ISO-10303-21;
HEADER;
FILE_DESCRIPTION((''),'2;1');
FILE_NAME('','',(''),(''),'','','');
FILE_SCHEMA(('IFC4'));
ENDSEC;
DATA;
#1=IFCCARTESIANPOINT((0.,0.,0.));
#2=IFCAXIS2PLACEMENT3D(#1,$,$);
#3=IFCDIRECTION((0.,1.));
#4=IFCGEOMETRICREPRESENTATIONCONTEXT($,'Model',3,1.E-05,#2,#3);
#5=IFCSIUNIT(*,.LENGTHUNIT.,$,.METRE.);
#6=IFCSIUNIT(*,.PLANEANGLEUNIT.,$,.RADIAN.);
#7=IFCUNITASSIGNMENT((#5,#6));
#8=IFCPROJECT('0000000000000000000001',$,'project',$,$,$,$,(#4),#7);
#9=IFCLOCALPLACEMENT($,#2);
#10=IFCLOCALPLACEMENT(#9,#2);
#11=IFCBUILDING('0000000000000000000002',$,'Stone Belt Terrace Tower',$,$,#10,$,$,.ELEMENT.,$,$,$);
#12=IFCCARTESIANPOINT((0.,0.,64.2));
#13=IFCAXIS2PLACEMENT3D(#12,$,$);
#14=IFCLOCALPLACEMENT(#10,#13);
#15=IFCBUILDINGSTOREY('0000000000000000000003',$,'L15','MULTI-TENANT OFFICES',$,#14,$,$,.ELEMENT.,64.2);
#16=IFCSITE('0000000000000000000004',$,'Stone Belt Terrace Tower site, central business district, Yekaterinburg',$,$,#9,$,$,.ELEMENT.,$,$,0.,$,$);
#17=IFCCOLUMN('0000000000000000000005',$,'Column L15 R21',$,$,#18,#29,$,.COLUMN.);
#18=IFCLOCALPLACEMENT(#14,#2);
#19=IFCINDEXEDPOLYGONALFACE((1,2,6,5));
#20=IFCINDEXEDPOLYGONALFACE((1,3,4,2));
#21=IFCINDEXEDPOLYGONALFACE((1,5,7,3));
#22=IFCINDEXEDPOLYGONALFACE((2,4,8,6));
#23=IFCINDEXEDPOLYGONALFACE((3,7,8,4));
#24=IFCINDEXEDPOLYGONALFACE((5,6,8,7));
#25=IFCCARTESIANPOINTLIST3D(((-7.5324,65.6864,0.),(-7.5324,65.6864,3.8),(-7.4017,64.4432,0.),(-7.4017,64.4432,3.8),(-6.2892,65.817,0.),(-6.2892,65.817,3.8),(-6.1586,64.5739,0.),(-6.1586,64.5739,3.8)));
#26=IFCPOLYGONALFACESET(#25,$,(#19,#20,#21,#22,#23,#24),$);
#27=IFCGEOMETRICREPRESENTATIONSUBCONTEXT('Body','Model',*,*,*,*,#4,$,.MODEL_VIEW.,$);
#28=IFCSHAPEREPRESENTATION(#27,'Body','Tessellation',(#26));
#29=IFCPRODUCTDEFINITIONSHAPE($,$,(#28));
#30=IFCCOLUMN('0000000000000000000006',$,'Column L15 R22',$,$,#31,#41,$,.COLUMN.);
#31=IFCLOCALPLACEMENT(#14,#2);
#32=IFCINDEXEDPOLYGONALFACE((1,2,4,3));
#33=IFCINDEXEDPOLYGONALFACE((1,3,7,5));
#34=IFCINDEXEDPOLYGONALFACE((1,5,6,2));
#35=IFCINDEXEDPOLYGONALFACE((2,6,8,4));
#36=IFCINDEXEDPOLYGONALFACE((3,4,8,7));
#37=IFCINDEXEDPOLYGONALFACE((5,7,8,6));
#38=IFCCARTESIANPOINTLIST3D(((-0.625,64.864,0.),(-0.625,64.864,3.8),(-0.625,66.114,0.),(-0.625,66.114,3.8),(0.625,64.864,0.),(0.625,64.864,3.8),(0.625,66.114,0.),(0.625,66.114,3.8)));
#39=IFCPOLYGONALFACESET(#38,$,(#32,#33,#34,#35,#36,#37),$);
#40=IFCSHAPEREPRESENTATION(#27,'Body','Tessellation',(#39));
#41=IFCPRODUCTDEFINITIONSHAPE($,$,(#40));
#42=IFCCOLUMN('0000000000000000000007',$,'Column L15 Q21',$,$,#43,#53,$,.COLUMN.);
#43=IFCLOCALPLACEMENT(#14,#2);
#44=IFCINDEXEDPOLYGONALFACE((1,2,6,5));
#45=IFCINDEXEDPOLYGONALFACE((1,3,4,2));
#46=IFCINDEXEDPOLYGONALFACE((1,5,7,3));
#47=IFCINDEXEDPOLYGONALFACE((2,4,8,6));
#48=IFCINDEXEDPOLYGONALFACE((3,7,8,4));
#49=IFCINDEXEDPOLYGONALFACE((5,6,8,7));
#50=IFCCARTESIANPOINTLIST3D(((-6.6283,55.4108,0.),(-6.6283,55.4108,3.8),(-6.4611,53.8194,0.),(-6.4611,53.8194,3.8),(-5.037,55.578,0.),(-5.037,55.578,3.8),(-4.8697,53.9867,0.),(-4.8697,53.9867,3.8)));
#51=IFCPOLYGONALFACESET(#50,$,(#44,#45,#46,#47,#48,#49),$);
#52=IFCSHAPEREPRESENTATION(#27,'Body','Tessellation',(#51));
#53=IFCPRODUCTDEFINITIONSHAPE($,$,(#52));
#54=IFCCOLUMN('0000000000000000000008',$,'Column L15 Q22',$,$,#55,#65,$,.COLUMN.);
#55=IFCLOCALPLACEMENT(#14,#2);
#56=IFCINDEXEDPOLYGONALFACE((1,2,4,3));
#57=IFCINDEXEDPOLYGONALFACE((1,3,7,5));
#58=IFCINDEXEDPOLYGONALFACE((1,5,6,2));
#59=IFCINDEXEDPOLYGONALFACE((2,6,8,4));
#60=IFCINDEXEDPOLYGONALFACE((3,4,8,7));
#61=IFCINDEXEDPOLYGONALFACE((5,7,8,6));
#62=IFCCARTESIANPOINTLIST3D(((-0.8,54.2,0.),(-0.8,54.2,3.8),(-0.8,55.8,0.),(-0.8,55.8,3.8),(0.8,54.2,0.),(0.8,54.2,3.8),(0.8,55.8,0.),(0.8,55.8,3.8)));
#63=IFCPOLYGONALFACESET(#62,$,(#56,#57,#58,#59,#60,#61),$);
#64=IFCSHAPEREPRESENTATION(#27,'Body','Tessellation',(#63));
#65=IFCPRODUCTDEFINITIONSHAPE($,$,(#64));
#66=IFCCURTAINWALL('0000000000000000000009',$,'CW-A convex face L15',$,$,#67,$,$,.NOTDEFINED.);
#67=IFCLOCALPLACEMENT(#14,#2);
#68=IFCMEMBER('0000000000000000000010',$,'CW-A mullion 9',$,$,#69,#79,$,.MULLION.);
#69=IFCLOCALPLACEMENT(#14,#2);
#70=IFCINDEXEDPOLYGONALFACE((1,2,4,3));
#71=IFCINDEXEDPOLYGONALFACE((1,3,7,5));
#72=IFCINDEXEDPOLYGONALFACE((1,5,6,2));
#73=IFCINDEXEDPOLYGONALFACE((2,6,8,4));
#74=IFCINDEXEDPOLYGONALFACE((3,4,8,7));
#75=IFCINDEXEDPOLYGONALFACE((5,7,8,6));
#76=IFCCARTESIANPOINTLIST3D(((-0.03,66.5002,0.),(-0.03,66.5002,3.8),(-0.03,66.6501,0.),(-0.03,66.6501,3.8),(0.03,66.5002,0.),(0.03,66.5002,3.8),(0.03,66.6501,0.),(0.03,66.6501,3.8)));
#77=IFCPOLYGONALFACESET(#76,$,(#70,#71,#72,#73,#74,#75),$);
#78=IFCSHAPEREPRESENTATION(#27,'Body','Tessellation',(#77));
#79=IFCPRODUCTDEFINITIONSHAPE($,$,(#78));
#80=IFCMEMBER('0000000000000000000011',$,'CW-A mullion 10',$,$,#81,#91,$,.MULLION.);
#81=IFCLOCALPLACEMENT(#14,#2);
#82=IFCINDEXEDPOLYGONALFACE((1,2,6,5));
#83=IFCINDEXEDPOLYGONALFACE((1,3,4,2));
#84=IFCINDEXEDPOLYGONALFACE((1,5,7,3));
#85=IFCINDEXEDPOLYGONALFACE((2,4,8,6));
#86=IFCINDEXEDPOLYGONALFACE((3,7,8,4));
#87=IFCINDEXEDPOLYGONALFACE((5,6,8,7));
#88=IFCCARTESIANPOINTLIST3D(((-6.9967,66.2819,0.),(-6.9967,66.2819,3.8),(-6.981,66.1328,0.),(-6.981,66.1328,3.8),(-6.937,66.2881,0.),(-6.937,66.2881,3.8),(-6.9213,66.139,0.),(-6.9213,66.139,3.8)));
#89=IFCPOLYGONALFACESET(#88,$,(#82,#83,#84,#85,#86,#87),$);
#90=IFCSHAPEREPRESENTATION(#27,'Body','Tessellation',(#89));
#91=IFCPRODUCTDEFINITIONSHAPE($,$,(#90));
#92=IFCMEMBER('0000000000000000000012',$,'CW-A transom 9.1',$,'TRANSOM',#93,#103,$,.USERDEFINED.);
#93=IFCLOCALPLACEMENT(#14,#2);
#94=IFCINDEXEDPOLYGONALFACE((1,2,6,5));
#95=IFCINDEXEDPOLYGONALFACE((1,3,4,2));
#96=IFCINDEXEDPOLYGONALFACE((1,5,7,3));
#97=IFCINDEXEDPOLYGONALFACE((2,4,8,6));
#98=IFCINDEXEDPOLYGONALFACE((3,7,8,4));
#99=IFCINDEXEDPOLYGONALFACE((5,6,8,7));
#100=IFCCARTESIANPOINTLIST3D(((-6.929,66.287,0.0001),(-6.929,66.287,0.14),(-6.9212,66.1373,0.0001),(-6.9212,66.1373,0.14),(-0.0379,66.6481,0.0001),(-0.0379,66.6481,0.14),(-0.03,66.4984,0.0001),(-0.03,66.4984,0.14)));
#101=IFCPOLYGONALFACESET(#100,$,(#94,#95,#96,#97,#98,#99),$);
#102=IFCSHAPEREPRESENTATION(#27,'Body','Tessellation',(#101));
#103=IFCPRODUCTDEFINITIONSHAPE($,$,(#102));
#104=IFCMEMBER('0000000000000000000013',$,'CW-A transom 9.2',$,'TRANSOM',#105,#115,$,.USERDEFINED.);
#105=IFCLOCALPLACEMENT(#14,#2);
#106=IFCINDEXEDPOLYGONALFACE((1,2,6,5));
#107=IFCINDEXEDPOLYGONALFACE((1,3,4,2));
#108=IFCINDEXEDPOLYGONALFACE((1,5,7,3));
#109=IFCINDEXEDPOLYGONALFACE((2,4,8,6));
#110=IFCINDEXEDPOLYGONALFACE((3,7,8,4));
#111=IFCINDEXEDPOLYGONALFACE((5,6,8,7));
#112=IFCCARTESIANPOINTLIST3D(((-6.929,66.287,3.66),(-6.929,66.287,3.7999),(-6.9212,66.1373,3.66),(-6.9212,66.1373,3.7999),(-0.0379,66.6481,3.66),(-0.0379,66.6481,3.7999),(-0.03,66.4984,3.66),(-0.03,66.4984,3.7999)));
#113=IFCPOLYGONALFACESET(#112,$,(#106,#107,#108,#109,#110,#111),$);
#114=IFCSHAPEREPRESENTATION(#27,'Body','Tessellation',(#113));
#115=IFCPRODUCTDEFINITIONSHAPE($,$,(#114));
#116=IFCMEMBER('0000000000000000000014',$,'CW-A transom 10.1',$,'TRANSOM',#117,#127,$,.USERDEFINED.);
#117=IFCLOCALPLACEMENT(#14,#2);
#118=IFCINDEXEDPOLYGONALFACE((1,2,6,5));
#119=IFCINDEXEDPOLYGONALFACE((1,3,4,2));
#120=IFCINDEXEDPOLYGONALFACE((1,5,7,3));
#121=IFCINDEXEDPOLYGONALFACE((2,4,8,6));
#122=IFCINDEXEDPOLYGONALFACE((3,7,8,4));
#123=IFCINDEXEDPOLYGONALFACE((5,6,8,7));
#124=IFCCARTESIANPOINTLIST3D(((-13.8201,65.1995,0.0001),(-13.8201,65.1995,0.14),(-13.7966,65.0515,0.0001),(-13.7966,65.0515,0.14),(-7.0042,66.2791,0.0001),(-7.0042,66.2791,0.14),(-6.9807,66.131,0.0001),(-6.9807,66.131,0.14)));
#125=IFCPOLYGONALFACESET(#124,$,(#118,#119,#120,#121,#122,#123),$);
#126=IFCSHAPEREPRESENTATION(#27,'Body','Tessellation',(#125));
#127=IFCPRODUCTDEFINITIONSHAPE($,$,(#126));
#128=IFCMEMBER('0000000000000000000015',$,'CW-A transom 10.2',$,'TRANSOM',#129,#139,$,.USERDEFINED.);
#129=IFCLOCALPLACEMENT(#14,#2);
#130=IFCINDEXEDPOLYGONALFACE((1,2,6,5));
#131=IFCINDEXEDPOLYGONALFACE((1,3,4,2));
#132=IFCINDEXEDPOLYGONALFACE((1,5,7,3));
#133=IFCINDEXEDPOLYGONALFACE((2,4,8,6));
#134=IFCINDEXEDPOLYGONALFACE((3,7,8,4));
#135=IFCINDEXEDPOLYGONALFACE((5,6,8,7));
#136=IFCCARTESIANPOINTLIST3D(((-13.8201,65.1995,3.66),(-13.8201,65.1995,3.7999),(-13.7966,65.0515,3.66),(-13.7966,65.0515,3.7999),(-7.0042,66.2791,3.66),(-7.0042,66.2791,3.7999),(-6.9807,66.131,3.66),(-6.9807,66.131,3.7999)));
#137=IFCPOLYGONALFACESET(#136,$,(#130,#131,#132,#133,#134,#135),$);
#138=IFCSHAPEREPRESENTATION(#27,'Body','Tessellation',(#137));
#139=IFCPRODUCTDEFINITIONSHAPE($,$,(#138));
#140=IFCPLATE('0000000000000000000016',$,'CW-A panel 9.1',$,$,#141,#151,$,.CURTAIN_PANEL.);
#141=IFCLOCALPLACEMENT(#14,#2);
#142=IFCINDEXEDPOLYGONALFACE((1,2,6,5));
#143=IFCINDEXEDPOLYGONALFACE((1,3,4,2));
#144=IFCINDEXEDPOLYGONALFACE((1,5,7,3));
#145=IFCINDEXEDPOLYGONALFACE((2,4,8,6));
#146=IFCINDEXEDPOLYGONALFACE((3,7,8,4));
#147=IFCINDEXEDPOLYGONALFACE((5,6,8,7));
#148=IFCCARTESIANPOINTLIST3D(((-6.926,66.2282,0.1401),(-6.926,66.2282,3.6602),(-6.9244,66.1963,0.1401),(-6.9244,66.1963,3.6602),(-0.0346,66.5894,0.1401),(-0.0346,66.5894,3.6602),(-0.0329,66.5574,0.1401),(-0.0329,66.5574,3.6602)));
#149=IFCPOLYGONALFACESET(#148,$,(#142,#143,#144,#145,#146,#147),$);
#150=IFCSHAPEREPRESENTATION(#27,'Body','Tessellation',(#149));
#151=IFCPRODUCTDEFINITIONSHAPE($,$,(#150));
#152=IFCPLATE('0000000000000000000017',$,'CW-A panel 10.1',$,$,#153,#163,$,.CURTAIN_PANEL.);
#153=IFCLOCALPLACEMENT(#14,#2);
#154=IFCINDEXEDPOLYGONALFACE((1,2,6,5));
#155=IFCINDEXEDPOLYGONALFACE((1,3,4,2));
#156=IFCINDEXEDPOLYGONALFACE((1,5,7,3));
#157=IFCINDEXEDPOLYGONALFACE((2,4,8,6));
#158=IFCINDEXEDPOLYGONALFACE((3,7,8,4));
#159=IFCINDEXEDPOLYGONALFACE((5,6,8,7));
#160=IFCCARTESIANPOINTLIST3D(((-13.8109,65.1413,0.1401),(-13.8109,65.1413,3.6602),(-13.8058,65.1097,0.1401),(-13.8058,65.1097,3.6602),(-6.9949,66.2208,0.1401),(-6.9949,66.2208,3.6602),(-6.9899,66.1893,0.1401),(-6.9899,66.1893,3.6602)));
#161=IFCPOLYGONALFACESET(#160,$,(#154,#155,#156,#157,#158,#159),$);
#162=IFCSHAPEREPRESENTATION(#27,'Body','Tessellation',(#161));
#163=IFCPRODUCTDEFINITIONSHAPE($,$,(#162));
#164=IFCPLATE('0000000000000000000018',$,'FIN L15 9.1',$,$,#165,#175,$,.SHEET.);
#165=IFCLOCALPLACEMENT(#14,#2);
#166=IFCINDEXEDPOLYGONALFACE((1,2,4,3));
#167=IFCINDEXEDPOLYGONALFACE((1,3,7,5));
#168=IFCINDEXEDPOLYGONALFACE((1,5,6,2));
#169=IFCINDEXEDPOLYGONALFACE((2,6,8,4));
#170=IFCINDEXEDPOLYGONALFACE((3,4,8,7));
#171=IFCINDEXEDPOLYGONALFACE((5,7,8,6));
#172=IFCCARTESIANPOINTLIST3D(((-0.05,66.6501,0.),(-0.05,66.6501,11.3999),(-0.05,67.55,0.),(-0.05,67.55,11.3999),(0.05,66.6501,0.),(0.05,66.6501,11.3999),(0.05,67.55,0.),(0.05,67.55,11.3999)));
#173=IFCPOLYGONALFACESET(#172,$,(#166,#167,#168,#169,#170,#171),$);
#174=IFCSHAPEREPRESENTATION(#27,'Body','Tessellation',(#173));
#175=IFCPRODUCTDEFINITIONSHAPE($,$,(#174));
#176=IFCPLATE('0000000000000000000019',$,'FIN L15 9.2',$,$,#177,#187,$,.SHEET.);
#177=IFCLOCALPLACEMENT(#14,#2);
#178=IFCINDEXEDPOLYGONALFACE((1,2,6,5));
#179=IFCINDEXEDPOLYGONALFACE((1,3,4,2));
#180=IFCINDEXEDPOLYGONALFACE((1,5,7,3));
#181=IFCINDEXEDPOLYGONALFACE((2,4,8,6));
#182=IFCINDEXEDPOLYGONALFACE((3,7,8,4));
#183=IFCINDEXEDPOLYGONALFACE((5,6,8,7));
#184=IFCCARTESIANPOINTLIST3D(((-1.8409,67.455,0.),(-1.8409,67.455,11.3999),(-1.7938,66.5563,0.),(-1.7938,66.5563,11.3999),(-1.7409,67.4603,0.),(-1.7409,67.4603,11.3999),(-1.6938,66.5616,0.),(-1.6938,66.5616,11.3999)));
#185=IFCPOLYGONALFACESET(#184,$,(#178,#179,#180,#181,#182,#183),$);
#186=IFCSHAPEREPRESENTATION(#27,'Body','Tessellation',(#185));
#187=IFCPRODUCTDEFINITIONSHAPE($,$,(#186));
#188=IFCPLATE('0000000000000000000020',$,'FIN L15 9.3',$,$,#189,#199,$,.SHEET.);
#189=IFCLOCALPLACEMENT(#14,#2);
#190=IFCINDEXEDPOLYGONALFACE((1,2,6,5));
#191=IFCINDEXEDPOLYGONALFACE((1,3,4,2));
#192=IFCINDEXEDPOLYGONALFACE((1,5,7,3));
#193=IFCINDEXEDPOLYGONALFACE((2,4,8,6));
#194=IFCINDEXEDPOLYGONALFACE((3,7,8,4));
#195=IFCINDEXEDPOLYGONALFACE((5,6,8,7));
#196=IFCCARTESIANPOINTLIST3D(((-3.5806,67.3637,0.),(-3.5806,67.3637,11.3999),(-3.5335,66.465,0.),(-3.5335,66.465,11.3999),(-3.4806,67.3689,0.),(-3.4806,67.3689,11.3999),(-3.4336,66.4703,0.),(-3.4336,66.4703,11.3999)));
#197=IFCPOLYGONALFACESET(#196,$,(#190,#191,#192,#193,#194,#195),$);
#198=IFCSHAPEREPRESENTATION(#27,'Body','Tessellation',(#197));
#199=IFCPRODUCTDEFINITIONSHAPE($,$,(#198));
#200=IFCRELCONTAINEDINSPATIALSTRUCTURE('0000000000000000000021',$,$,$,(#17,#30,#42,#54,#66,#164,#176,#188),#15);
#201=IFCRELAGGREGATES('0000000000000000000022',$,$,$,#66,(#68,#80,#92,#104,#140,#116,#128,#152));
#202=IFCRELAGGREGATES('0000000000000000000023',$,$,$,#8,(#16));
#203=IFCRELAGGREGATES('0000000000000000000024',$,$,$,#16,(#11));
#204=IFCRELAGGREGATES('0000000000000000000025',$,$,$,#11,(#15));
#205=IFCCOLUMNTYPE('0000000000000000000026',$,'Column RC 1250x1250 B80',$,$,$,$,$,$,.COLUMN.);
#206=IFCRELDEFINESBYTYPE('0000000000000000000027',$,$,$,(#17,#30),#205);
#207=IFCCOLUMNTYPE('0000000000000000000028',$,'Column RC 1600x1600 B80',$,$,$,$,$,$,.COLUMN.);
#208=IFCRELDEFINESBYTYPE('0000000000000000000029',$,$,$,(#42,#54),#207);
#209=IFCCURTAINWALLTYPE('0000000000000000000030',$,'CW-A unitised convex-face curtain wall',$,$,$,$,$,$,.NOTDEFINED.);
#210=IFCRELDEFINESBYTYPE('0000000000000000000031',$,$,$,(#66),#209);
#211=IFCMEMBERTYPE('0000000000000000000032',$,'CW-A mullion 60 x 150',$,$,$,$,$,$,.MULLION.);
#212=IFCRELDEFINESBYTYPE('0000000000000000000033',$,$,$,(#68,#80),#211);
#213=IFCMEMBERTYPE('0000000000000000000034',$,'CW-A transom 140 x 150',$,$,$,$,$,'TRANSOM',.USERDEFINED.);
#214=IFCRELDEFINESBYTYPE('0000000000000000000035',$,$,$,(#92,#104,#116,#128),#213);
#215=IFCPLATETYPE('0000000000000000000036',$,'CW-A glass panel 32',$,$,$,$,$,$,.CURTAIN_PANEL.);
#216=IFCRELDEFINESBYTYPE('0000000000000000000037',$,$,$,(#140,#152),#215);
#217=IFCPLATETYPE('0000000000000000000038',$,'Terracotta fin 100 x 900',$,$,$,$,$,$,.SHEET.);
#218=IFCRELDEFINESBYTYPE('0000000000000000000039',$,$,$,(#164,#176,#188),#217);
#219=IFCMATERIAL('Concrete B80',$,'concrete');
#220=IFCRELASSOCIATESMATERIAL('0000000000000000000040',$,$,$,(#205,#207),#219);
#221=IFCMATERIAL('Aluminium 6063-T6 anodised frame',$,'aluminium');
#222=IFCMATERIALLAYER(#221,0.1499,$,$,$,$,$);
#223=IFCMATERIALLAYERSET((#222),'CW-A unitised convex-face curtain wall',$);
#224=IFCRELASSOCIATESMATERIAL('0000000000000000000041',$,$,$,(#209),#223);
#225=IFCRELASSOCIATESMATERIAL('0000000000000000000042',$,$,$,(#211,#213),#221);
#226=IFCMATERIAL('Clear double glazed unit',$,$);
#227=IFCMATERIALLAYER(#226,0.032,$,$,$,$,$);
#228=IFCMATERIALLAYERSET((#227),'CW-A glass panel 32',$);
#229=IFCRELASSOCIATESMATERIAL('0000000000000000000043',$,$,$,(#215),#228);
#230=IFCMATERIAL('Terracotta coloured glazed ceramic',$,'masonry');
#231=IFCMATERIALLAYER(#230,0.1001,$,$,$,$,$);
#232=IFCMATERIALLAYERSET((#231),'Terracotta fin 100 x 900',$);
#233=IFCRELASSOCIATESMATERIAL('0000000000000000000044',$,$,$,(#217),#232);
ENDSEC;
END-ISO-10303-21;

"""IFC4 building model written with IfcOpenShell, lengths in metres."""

from ifc_helpers import new_model, si_unit, direction, frame, origin, origin_2d, place, context, subcontext, project, spatial, rectangle, extrude, material, layer, layer_set, material_profile, profile_set, type_object, element, aggregate, save


model = new_model("IFC4")

# Units and contexts
model_context = context("Model", 3, precision=1e-05, world=origin(), true_north=direction((0.0, 1.0)))
body_context = subcontext(model_context, "Body", "Model", "MODEL_VIEW")
ifc_project = project(units=[si_unit("LENGTHUNIT", "METRE"), si_unit("PLANEANGLEUNIT", "RADIAN")], contexts=[model_context])

# Site, building, storey
site_placement = place(None, origin())
site = spatial("IfcSite", under=ifc_project, at=site_placement, Name="Stone Belt Terrace Tower site, central business district, Yekaterinburg", CompositionType="ELEMENT", RefElevation=0.0)
building_placement = place(site_placement, origin())
building = spatial("IfcBuilding", under=site, at=building_placement, Name="Stone Belt Terrace Tower", CompositionType="ELEMENT")
storey_placement = place(building_placement, frame((0.0, 0.0, 64.2)))
storey = spatial("IfcBuildingStorey", under=building, at=storey_placement, Name="L15", Description="MULTI-TENANT OFFICES", CompositionType="ELEMENT", Elevation=64.2)

# Columns
ifc_material_1 = material(Name="Concrete B80", Category="concrete")
ifc_material_profile_1 = material_profile(ifc_material_1, rectangle(XDim=1.25, YDim=1.25, at=origin_2d()), Name="RC 1250x1250")
ifc_profile_set_1 = profile_set([ifc_material_profile_1], Name="Concrete B80")
column_type_1 = type_object("IfcColumnType", Name="Column RC 1250x1250 B80", PredefinedType="COLUMN", material=ifc_profile_set_1)
for number, where, z_axis, x_axis, name in (
    (1, (-6.8455, 65.1301, 0.0), (0.0, 0.0, 1.0), (0.994522, 0.104528, 0.0), "Column L15 R21"),
    (2, (0.0, 65.489, 0.0), (0.0, 0.0, 1.0), (1.0, 0.0, 0.0), "Column L15 R22"),
):
    element("IfcColumn", number, at=place(storey_placement, frame(where, z_axis=z_axis, x_axis=x_axis)), inside=storey, type_object=column_type_1, Name=name, PredefinedType="COLUMN", context=body_context, shape_type="SweptSolid", body=[
        extrude(rectangle(XDim=1.25, YDim=1.25, at=origin_2d()), origin(), (0.0, 0.0, 1.0), 3.8),
    ])
ifc_material_profile_2 = material_profile(ifc_material_1, rectangle(XDim=1.6001, YDim=1.6001, at=origin_2d()), Name="RC 1600x1600")
ifc_profile_set_2 = profile_set([ifc_material_profile_2], Name="Concrete B80")
column_type_2 = type_object("IfcColumnType", Name="Column RC 1600x1600 B80", PredefinedType="COLUMN", material=ifc_profile_set_2)
for number, where, z_axis, x_axis, name in (
    (3, (-5.749, 54.6987, 0.0), (0.0, 0.0, 1.0), (0.994522, 0.104528, 0.0), "Column L15 Q21"),
    (4, (0.0, 55.0, 0.0), (0.0, 0.0, 1.0), (1.0, 0.0, 0.0), "Column L15 Q22"),
):
    element("IfcColumn", number, at=place(storey_placement, frame(where, z_axis=z_axis, x_axis=x_axis)), inside=storey, type_object=column_type_2, Name=name, PredefinedType="COLUMN", context=body_context, shape_type="SweptSolid", body=[
        extrude(rectangle(XDim=1.6001, YDim=1.6001, at=origin_2d()), origin(), (0.0, 0.0, 1.0), 3.8),
    ])

# Curtain wall, members, plates
ifc_material_2 = material(Name="Aluminium 6063-T6 anodised frame", Category="aluminium")
ifc_layer_1 = layer(ifc_material_2, 0.1499)
ifc_layer_set_1 = layer_set([ifc_layer_1], Name="CW-A unitised convex-face curtain wall")
curtain_wall_type = type_object("IfcCurtainWallType", Name="CW-A unitised convex-face curtain wall", PredefinedType="NOTDEFINED", material=ifc_layer_set_1)
curtain_wall_placement = place(storey_placement, origin())
curtain_wall = element("IfcCurtainWall", 5, at=curtain_wall_placement, inside=storey, type_object=curtain_wall_type, Name="CW-A convex face L15", PredefinedType="NOTDEFINED")
ifc_material_profile_3 = material_profile(ifc_material_2, rectangle(XDim=0.1499, YDim=0.0601, at=origin_2d()), Name="Aluminium 6063-T6 60x150")
ifc_profile_set_3 = profile_set([ifc_material_profile_3], Name="Aluminium 6063-T6 anodised frame")
member_type_1 = type_object("IfcMemberType", Name="CW-A mullion 60 x 150", PredefinedType="MULLION", material=ifc_profile_set_3)
member_1_placement = place(storey_placement, frame((0.0, 66.5752, 0.0), z_axis=(0.0, 0.0, 1.0), x_axis=(0.0, -1.0, 0.0)))
member_1 = element("IfcMember", 6, at=member_1_placement, type_object=member_type_1, Name="CW-A mullion 9", PredefinedType="MULLION", context=body_context, shape_type="SweptSolid", body=[
    extrude(rectangle(XDim=0.1499, YDim=0.0601, at=origin_2d()), origin(), (0.0, 0.0, 1.0), 3.8),
])
member_2_placement = place(storey_placement, frame((-6.959, 66.2104, 0.0), z_axis=(0.0, 0.0, 1.0), x_axis=(0.104528, -0.994522, 0.0)))
member_2 = element("IfcMember", 7, at=member_2_placement, type_object=member_type_1, Name="CW-A mullion 10", PredefinedType="MULLION", context=body_context, shape_type="SweptSolid", body=[
    extrude(rectangle(XDim=0.1499, YDim=0.0601, at=origin_2d()), origin(), (0.0, 0.0, 1.0), 3.8),
])
ifc_material_profile_4 = material_profile(ifc_material_2, rectangle(XDim=0.1499, YDim=0.1399, at=origin_2d()), Name="Aluminium 6063-T6 150x140")
ifc_profile_set_4 = profile_set([ifc_material_profile_4], Name="Aluminium 6063-T6 anodised frame")
member_type_2 = type_object("IfcMemberType", Name="CW-A transom 140 x 150", ElementType="TRANSOM", PredefinedType="USERDEFINED", material=ifc_profile_set_4)
member_3_placement = place(storey_placement, frame((-0.0339, 66.5732, 0.0701), z_axis=(-0.99863, -0.052327, 0.0), x_axis=(0.052327, -0.99863, 0.0)))
member_3 = element("IfcMember", 8, at=member_3_placement, type_object=member_type_2, Name="CW-A transom 9.1", ObjectType="TRANSOM", PredefinedType="USERDEFINED", context=body_context, shape_type="SweptSolid", body=[
    extrude(rectangle(XDim=0.1499, YDim=0.1399, at=origin_2d()), origin(), (0.0, 0.0, 1.0), 6.9006),
])
member_4_placement = place(storey_placement, frame((-0.0339, 66.5732, 3.73), z_axis=(-0.99863, -0.052327, 0.0), x_axis=(0.052327, -0.99863, 0.0)))
member_4 = element("IfcMember", 9, at=member_4_placement, type_object=member_type_2, Name="CW-A transom 9.2", ObjectType="TRANSOM", PredefinedType="USERDEFINED", context=body_context, shape_type="SweptSolid", body=[
    extrude(rectangle(XDim=0.1499, YDim=0.1399, at=origin_2d()), origin(), (0.0, 0.0, 1.0), 6.9006),
])
member_5_placement = place(storey_placement, frame((-6.9924, 66.2051, 0.0701), z_axis=(-0.987687, -0.156442, 0.0), x_axis=(0.156442, -0.987687, 0.0)))
member_5 = element("IfcMember", 10, at=member_5_placement, type_object=member_type_2, Name="CW-A transom 10.1", ObjectType="TRANSOM", PredefinedType="USERDEFINED", context=body_context, shape_type="SweptSolid", body=[
    extrude(rectangle(XDim=0.1499, YDim=0.1399, at=origin_2d()), origin(), (0.0, 0.0, 1.0), 6.9009),
])
member_6_placement = place(storey_placement, frame((-6.9924, 66.2051, 3.73), z_axis=(-0.987687, -0.156442, 0.0), x_axis=(0.156442, -0.987687, 0.0)))
member_6 = element("IfcMember", 11, at=member_6_placement, type_object=member_type_2, Name="CW-A transom 10.2", ObjectType="TRANSOM", PredefinedType="USERDEFINED", context=body_context, shape_type="SweptSolid", body=[
    extrude(rectangle(XDim=0.1499, YDim=0.1399, at=origin_2d()), origin(), (0.0, 0.0, 1.0), 6.9009),
])
ifc_material_3 = material(Name="Clear double glazed unit")
ifc_layer_2 = layer(ifc_material_3, 0.032)
ifc_layer_set_2 = layer_set([ifc_layer_2], Name="CW-A glass panel 32")
plate_type_1 = type_object("IfcPlateType", Name="CW-A glass panel 32", PredefinedType="CURTAIN_PANEL", material=ifc_layer_set_2)
plate_1_placement = place(storey_placement, frame((-3.4795, 66.3928, 0.1401), z_axis=(0.0, 0.0, 1.0), x_axis=(-0.99863, -0.052336, 0.0)))
plate_1 = element("IfcPlate", 12, at=plate_1_placement, type_object=plate_type_1, Name="CW-A panel 9.1", PredefinedType="CURTAIN_PANEL", context=body_context, shape_type="SweptSolid", body=[
    extrude(rectangle(XDim=6.9009, YDim=0.032, at=origin_2d()), origin(), (0.0, 0.0, 1.0), 3.52),
])
plate_2_placement = place(storey_placement, frame((-10.4004, 65.6653, 0.1401), z_axis=(0.0, 0.0, 1.0), x_axis=(-0.987688, -0.156434, 0.0)))
plate_2 = element("IfcPlate", 13, at=plate_2_placement, type_object=plate_type_1, Name="CW-A panel 10.1", PredefinedType="CURTAIN_PANEL", context=body_context, shape_type="SweptSolid", body=[
    extrude(rectangle(XDim=6.9009, YDim=0.032, at=origin_2d()), origin(), (0.0, 0.0, 1.0), 3.52),
])
aggregate(curtain_wall, [member_1, member_2, member_3, member_4, plate_1, member_5, member_6, plate_2])

# Plates
ifc_material_4 = material(Name="Terracotta coloured glazed ceramic", Category="masonry")
ifc_layer_3 = layer(ifc_material_4, 0.1001)
ifc_layer_set_3 = layer_set([ifc_layer_3], Name="Terracotta fin 100 x 900")
plate_type_2 = type_object("IfcPlateType", Name="Terracotta fin 100 x 900", PredefinedType="SHEET", material=ifc_layer_set_3)
for number, where, z_axis, x_axis, name in (
    (14, (0.0, 67.1001, 0.0), (0.0, 0.0, 1.0), (0.0, 1.0, 0.0), "FIN L15 9.1"),
    (15, (-1.7673, 67.0083, 0.0), (0.0, 0.0, 1.0), (-0.052336, 0.99863, 0.0), "FIN L15 9.2"),
    (16, (-3.5071, 66.917, 0.0), (0.0, 0.0, 1.0), (-0.052336, 0.99863, 0.0), "FIN L15 9.3"),
):
    element("IfcPlate", number, at=place(storey_placement, frame(where, z_axis=z_axis, x_axis=x_axis)), inside=storey, type_object=plate_type_2, Name=name, PredefinedType="SHEET", context=body_context, shape_type="SweptSolid", body=[
        extrude(rectangle(XDim=0.8999, YDim=0.1001, at=origin_2d()), origin(), (0.0, 0.0, 1.0), 11.3999),
    ])

save(model, "model.ifc")
